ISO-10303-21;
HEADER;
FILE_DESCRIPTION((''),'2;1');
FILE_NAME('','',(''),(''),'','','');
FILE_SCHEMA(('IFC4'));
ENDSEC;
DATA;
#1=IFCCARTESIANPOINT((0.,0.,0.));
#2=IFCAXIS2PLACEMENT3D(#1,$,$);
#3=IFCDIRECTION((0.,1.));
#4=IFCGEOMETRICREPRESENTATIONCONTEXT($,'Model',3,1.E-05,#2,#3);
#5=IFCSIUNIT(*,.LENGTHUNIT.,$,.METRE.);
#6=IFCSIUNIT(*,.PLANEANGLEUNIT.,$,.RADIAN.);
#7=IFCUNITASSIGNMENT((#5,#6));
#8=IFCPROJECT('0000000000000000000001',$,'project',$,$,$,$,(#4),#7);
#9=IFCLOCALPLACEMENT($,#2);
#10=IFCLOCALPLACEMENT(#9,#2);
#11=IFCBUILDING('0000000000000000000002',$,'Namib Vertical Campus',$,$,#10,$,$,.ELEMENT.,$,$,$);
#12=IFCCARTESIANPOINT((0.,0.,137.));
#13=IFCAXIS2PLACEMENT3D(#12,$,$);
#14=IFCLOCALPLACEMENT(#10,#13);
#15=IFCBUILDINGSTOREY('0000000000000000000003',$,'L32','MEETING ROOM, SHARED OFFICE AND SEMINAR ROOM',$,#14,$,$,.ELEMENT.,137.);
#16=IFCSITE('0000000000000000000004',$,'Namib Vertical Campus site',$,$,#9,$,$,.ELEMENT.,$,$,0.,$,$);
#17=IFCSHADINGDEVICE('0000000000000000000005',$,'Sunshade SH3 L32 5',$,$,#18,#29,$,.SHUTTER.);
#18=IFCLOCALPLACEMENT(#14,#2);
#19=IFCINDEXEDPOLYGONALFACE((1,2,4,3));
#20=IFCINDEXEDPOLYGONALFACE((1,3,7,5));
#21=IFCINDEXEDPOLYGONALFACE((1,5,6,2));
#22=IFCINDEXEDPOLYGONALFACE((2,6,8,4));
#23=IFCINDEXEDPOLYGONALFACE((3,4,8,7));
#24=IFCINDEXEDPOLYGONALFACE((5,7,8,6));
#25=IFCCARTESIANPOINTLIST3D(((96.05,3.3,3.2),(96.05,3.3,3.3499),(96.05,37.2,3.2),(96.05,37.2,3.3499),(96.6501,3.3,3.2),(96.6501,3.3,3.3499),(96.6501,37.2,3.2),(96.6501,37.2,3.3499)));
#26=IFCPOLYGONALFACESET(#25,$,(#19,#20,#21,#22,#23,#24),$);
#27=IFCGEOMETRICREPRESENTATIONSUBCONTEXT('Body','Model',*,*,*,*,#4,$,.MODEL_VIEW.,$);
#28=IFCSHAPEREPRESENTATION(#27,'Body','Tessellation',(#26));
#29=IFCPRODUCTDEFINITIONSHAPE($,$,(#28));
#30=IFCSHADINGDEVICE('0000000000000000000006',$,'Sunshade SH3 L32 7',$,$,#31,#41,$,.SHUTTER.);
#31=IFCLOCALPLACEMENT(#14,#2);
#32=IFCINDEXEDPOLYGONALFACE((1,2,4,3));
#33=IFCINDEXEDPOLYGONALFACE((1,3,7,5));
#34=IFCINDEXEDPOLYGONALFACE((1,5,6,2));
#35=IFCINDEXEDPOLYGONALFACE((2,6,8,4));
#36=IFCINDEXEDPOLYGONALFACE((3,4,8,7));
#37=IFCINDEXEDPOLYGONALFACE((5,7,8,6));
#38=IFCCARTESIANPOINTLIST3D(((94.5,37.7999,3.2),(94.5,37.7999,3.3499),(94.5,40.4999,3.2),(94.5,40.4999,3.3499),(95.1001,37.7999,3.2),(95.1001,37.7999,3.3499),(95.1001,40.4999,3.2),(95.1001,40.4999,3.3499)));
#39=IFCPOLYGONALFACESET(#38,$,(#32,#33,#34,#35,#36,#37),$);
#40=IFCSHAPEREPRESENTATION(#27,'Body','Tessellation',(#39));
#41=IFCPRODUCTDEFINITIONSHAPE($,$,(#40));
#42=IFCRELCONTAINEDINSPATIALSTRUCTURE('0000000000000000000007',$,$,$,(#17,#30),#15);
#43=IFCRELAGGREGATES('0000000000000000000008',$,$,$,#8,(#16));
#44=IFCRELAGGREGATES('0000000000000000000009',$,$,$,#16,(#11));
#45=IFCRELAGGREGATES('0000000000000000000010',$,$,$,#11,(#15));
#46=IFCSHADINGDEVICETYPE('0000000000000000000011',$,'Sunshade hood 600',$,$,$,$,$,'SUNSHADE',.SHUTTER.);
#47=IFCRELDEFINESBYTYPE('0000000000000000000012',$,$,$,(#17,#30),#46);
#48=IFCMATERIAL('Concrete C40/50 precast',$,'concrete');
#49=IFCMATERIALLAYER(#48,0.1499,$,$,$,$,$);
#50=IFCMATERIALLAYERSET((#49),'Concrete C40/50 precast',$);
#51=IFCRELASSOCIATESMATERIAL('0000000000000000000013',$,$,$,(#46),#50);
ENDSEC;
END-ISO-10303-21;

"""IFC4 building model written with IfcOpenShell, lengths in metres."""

from ifc_helpers import new_model, si_unit, direction, frame, origin, origin_2d, place, context, subcontext, project, spatial, rectangle, extrude, material, layer, layer_set, type_object, element, save


model = new_model("IFC4")

# Units and contexts
model_context = context("Model", 3, precision=1e-05, world=origin(), true_north=direction((0.0, 1.0)))
body_context = subcontext(model_context, "Body", "Model", "MODEL_VIEW")
ifc_project = project(units=[si_unit("LENGTHUNIT", "METRE"), si_unit("PLANEANGLEUNIT", "RADIAN")], contexts=[model_context])

# Site, building, storey
site_placement = place(None, origin())
site = spatial("IfcSite", under=ifc_project, at=site_placement, Name="Namib Vertical Campus site", CompositionType="ELEMENT", RefElevation=0.0)
building_placement = place(site_placement, origin())
building = spatial("IfcBuilding", under=site, at=building_placement, Name="Namib Vertical Campus", CompositionType="ELEMENT")
storey_placement = place(building_placement, frame((0.0, 0.0, 137.0)))
storey = spatial("IfcBuildingStorey", under=building, at=storey_placement, Name="L32", Description="MEETING ROOM, SHARED OFFICE AND SEMINAR ROOM", CompositionType="ELEMENT", Elevation=137.0)

# Shading devices
ifc_material_1 = material(Name="Concrete C40/50 precast", Category="concrete")
ifc_layer_1 = layer(ifc_material_1, 0.1499)
ifc_layer_set_1 = layer_set([ifc_layer_1], Name="Concrete C40/50 precast")
shading_device_type = type_object("IfcShadingDeviceType", Name="Sunshade hood 600", ElementType="SUNSHADE", PredefinedType="SHUTTER", material=ifc_layer_set_1)
shading_device_1_placement = place(storey_placement, frame((96.3501, 20.25, 3.2), z_axis=(0.0, 0.0, 1.0), x_axis=(0.0, 1.0, 0.0)))
element("IfcShadingDevice", 1, at=shading_device_1_placement, inside=storey, type_object=shading_device_type, Name="Sunshade SH3 L32 5", PredefinedType="SHUTTER", context=body_context, shape_type="SweptSolid", body=[
    extrude(rectangle(XDim=33.8999, YDim=0.6001, at=origin_2d()), origin(), (0.0, 0.0, 1.0), 0.1499),
])
shading_device_2_placement = place(storey_placement, frame((94.8, 39.1499, 3.2), z_axis=(0.0, 0.0, 1.0), x_axis=(0.0, 1.0, 0.0)))
element("IfcShadingDevice", 2, at=shading_device_2_placement, inside=storey, type_object=shading_device_type, Name="Sunshade SH3 L32 7", PredefinedType="SHUTTER", context=body_context, shape_type="SweptSolid", body=[
    extrude(rectangle(XDim=2.7, YDim=0.6001, at=origin_2d()), origin(), (0.0, 0.0, 1.0), 0.1499),
])

save(model, "model.ifc")
